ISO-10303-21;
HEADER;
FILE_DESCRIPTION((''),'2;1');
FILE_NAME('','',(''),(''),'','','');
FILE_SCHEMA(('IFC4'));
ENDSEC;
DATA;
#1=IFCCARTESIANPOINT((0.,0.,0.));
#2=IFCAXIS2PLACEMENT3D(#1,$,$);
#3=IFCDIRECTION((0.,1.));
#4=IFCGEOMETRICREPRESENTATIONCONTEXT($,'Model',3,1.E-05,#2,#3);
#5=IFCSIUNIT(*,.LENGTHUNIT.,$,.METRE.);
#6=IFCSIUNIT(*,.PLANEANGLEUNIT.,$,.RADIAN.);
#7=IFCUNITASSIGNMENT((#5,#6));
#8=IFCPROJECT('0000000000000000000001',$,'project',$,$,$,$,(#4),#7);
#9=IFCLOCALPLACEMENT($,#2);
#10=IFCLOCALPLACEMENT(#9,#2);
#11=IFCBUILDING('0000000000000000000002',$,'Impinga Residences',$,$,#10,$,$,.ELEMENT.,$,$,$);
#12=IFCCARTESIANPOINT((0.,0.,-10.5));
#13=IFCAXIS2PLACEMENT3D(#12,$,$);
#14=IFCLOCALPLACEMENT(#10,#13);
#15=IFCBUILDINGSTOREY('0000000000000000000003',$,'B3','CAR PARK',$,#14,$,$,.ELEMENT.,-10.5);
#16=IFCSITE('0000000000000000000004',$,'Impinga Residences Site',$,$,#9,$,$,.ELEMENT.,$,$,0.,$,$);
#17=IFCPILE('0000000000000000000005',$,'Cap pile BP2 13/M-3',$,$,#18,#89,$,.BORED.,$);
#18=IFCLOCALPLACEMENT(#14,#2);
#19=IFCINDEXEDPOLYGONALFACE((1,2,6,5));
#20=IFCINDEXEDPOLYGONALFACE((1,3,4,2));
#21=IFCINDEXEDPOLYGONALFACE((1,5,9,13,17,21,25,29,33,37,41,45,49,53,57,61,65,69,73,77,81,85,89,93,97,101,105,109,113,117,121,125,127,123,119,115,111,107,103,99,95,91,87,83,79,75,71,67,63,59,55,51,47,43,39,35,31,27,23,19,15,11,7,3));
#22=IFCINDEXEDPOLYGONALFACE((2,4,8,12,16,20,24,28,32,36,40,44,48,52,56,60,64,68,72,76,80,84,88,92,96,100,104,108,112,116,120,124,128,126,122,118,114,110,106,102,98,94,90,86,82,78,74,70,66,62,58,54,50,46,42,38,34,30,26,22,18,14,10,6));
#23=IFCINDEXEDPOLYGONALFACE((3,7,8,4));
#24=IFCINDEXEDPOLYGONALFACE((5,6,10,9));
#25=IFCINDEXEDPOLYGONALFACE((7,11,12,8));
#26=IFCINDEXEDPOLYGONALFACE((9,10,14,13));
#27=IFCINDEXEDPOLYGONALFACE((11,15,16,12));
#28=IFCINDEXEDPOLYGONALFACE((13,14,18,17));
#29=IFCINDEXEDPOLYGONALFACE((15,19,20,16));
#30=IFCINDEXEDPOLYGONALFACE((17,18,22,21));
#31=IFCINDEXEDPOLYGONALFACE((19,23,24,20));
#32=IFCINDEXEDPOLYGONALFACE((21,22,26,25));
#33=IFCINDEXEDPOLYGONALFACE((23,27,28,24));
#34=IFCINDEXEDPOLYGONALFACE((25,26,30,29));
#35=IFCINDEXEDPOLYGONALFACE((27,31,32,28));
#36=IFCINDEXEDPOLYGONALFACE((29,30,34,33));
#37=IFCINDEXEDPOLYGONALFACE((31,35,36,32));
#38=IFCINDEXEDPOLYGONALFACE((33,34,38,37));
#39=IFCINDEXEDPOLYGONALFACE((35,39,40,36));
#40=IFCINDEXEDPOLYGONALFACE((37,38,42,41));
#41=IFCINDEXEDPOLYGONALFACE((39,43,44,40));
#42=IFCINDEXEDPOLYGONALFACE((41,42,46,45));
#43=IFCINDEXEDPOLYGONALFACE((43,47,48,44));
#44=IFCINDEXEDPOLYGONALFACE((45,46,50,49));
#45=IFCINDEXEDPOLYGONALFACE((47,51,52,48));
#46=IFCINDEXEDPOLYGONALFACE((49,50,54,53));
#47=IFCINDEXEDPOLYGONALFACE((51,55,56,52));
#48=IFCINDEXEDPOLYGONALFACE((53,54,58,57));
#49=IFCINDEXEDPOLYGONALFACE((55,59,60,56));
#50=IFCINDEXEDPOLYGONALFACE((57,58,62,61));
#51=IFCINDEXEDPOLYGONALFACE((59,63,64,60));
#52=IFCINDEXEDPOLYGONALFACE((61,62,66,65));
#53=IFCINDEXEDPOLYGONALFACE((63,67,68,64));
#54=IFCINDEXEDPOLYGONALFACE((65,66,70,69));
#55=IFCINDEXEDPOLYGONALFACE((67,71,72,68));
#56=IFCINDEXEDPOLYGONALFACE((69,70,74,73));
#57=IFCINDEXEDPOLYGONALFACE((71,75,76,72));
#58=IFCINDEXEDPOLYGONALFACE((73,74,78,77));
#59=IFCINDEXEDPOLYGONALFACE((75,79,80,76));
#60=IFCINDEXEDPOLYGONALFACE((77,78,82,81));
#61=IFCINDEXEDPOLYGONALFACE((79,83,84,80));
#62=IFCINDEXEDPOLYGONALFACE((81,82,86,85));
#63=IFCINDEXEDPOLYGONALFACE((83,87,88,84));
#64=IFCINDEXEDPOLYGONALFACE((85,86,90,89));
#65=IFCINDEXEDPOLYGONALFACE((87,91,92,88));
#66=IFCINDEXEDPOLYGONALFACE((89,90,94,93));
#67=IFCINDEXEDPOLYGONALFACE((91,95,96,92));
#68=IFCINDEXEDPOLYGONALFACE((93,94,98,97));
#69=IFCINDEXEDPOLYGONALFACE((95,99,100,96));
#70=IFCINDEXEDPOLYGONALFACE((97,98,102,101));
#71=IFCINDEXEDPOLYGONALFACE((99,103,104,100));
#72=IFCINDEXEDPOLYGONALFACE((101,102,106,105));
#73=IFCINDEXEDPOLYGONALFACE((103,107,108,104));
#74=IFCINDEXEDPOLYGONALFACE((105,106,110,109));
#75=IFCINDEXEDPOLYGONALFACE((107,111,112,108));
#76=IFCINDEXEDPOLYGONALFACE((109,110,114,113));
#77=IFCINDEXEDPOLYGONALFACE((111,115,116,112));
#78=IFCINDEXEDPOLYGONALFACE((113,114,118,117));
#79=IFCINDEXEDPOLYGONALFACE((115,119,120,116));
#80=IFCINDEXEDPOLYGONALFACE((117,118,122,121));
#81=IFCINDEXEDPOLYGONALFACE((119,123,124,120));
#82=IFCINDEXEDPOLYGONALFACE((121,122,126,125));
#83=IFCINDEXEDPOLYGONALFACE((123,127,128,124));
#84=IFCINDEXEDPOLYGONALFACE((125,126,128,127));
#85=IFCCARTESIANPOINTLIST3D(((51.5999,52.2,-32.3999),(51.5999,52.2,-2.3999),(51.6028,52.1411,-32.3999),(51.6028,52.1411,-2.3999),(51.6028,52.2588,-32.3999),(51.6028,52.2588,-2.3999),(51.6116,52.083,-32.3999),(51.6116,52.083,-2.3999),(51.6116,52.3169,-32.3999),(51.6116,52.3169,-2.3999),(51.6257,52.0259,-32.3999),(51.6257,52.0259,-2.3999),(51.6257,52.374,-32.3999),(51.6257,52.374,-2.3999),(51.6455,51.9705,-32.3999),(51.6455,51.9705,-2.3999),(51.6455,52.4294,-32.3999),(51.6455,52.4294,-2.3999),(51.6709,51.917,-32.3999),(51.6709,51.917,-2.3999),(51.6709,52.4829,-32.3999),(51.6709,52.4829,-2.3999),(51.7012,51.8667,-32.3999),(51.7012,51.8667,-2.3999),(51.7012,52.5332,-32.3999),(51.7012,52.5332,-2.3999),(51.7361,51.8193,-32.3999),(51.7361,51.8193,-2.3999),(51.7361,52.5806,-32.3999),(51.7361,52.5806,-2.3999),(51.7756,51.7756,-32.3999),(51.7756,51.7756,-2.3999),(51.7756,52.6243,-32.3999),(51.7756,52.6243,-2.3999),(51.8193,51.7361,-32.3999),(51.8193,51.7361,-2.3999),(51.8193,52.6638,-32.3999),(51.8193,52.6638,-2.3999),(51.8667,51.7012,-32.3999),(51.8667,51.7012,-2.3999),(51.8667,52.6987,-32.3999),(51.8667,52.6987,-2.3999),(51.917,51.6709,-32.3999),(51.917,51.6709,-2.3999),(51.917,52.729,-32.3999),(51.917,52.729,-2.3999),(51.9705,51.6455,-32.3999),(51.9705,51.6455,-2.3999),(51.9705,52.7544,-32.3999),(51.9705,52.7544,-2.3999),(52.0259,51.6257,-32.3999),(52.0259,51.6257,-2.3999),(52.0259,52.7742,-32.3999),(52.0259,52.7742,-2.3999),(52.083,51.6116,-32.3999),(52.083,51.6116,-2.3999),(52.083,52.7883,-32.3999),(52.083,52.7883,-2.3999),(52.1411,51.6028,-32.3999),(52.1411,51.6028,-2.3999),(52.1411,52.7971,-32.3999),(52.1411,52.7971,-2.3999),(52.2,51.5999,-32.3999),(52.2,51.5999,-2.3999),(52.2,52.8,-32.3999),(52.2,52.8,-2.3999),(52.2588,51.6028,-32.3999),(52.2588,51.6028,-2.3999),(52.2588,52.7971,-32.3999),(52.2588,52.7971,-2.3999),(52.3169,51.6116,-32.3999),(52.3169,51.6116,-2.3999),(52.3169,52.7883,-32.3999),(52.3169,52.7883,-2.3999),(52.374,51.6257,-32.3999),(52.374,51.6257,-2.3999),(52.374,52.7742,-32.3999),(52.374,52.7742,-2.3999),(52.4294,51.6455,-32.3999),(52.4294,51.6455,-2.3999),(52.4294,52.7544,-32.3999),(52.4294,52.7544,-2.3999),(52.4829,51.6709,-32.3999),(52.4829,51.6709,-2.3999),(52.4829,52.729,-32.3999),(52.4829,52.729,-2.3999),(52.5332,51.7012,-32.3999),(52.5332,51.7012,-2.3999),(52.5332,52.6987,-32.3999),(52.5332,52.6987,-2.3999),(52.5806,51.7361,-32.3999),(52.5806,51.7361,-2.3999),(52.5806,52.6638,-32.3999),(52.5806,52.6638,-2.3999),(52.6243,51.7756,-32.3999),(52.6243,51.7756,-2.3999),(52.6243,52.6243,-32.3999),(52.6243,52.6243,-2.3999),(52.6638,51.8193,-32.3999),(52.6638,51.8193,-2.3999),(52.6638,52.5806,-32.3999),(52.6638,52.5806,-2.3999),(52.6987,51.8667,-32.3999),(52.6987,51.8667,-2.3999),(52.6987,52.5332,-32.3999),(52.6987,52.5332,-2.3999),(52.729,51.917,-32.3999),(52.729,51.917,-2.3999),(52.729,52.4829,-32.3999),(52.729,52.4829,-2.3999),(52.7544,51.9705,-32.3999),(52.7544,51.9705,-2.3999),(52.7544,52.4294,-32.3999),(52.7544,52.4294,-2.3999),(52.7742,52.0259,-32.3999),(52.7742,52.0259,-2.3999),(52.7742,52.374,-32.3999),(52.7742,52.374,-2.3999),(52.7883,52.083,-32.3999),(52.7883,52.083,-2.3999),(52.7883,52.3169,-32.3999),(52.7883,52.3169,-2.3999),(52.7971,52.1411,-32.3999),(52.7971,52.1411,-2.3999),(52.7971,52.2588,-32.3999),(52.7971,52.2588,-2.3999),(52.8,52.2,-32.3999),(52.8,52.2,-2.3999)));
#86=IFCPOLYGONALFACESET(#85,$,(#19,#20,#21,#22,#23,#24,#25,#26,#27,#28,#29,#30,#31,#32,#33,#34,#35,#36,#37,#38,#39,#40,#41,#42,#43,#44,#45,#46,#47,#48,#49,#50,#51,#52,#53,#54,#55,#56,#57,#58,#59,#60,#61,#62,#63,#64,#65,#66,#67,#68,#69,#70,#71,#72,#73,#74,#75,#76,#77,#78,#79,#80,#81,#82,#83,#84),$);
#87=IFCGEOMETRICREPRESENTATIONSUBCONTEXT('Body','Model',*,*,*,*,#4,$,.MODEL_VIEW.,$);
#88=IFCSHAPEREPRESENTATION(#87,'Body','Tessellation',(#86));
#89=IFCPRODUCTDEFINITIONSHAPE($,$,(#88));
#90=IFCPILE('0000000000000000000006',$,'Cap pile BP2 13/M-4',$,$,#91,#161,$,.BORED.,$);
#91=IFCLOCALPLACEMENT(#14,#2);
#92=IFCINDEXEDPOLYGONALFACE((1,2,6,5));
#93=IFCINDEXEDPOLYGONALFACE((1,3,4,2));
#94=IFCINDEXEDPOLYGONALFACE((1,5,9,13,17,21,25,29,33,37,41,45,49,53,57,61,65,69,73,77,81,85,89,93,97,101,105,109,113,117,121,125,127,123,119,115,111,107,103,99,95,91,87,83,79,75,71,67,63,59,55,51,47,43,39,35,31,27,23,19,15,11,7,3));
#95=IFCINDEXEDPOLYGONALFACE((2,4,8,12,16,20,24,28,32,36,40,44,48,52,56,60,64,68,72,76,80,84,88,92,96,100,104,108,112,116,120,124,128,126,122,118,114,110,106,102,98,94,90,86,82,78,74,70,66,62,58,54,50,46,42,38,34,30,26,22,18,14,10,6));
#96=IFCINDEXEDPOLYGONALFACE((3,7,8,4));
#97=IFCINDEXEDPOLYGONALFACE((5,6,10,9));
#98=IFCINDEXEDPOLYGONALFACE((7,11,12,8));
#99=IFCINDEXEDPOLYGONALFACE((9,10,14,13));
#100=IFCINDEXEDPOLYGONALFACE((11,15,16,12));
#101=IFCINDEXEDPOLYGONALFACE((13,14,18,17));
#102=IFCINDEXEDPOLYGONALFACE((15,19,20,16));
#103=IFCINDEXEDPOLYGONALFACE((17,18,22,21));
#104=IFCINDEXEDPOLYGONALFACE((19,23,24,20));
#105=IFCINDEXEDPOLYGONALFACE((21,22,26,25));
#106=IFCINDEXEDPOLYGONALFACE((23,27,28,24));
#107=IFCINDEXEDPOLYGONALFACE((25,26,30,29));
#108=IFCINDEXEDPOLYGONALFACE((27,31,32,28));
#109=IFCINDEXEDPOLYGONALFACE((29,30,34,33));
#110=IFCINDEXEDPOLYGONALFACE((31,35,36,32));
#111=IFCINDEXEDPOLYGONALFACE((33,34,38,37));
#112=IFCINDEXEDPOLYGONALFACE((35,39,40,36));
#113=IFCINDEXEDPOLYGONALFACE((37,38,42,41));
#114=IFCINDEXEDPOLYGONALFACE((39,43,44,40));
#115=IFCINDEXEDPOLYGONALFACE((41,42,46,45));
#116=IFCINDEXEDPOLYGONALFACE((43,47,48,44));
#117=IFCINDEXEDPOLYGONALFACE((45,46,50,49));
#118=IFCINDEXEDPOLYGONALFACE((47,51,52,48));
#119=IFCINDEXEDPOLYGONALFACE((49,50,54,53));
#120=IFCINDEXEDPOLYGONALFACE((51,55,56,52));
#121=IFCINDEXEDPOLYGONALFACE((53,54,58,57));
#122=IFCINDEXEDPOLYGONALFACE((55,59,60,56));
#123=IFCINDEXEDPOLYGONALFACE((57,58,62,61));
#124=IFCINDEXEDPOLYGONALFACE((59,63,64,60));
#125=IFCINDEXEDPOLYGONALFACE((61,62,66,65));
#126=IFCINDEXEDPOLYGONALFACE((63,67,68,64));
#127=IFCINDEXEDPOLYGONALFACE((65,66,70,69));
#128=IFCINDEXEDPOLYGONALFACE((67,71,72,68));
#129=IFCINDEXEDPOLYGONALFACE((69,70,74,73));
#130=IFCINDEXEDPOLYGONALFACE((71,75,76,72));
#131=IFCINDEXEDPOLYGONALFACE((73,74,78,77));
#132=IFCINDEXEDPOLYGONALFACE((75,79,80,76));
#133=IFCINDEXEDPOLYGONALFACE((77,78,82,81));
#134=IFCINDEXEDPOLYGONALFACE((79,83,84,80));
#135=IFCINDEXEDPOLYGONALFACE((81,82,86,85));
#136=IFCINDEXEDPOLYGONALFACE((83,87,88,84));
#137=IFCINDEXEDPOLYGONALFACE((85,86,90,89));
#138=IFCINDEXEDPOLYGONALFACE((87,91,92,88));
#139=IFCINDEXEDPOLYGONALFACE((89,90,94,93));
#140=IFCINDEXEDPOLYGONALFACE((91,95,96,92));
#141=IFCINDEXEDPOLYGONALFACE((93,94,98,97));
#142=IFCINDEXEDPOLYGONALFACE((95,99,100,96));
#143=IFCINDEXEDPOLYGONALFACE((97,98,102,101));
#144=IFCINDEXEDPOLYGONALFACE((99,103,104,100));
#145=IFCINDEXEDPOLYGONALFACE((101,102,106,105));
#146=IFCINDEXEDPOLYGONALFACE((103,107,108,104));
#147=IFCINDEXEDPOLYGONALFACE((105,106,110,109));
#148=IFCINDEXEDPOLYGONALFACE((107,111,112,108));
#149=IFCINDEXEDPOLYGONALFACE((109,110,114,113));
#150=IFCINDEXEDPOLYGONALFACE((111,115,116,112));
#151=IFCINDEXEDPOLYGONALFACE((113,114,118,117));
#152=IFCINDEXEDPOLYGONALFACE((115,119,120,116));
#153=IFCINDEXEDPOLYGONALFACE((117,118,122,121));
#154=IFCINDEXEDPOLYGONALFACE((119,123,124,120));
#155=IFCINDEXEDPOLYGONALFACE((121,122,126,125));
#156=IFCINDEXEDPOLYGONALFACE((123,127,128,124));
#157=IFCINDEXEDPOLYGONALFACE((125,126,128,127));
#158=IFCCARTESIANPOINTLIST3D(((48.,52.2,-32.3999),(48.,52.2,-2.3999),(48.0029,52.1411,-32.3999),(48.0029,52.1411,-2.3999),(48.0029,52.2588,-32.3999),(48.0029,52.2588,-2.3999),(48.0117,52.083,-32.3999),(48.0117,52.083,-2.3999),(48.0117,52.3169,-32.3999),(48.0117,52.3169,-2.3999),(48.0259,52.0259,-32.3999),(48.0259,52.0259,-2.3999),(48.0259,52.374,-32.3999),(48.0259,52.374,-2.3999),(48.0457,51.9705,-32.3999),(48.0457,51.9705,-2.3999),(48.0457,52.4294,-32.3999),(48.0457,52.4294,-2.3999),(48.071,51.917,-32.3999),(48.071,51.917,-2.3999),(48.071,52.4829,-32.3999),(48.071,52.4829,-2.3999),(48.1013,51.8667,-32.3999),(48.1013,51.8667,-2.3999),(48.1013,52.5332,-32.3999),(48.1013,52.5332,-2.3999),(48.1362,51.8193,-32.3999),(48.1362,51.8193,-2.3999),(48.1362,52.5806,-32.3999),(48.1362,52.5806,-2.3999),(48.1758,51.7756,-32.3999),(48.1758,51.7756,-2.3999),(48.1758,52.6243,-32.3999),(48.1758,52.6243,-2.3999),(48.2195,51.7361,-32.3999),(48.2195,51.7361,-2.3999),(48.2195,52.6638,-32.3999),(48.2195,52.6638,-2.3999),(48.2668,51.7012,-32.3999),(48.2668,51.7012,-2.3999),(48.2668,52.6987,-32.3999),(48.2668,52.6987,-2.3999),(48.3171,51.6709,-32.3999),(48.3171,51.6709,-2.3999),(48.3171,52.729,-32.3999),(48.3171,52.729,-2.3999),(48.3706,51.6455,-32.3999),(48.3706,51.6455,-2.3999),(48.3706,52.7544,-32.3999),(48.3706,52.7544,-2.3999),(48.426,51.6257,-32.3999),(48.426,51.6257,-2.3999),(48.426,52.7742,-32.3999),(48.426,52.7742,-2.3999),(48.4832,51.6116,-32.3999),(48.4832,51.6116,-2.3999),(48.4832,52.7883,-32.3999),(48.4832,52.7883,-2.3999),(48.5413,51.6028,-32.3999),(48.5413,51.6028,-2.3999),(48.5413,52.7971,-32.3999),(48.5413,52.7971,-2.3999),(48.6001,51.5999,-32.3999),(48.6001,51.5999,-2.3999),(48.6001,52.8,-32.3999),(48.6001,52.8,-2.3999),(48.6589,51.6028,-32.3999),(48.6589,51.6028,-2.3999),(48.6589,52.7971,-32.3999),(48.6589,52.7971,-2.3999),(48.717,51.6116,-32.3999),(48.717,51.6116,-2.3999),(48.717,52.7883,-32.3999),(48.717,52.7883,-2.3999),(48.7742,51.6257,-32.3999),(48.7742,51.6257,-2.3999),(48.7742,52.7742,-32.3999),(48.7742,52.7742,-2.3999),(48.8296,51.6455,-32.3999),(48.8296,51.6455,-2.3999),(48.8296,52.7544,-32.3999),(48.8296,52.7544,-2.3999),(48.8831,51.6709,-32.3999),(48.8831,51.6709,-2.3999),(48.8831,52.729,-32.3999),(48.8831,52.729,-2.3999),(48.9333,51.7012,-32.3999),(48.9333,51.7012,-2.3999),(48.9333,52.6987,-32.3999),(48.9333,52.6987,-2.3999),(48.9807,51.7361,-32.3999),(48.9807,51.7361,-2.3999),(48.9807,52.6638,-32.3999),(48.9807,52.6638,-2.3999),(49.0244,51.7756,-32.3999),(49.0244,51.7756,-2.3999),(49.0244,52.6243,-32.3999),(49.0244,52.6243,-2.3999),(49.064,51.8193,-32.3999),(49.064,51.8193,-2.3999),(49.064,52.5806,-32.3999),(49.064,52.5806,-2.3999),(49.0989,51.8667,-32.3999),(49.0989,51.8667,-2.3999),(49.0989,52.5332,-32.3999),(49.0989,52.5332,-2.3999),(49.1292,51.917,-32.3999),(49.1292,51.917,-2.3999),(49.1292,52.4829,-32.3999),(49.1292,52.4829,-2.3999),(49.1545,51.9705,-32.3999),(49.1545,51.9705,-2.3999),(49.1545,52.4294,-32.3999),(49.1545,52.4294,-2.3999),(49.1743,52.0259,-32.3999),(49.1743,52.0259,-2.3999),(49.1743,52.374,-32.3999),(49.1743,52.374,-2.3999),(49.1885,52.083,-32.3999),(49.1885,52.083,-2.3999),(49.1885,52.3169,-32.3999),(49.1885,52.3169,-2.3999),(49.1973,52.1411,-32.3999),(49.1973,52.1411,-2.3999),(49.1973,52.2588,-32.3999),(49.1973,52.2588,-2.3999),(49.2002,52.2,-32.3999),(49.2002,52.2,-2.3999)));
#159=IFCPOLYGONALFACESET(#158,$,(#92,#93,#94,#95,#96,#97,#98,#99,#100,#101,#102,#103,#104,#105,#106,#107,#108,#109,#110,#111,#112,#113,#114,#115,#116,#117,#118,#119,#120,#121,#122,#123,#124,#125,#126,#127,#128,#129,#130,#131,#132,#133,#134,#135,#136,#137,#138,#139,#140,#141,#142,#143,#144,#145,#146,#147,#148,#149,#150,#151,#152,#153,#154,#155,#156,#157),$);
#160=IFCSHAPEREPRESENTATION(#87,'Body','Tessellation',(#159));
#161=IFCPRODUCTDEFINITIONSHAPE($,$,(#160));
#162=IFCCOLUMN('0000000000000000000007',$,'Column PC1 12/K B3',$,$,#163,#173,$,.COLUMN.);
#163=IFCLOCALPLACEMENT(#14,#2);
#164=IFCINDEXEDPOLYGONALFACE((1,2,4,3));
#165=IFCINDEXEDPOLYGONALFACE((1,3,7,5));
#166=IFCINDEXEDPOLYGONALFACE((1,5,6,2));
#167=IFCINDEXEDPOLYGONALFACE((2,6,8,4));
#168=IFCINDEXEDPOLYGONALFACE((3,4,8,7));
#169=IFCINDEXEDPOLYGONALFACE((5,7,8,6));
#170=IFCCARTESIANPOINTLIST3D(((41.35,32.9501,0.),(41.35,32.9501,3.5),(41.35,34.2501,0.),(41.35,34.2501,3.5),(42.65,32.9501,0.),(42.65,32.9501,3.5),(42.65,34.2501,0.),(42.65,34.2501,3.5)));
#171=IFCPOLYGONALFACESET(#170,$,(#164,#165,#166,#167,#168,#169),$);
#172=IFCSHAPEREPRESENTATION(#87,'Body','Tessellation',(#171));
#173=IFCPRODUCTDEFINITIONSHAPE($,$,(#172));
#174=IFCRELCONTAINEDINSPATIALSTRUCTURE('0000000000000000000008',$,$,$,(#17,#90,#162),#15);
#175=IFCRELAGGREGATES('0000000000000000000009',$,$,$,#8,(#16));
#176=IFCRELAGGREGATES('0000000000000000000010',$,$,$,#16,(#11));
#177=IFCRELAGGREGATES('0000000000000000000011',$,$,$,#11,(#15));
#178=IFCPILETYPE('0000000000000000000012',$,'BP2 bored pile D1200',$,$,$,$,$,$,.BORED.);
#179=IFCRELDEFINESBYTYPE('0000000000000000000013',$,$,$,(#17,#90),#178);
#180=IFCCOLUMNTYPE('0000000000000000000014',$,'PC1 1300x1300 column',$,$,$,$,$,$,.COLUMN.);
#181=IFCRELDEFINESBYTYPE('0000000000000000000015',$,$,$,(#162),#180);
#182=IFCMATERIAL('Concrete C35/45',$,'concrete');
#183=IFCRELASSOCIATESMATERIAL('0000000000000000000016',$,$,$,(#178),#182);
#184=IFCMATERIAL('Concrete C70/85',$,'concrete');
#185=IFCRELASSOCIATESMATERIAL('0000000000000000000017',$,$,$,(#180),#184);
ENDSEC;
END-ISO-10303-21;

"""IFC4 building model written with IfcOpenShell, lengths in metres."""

from ifc_helpers import new_model, si_unit, direction, frame, origin, origin_2d, place, context, subcontext, project, spatial, polyline, rectangle, circle, outline, extrude, material, material_profile, profile_set, type_object, element, save


model = new_model("IFC4")

# Units and contexts
model_context = context("Model", 3, precision=1e-05, world=origin(), true_north=direction((0.0, 1.0)))
body_context = subcontext(model_context, "Body", "Model", "MODEL_VIEW")
ifc_project = project(units=[si_unit("LENGTHUNIT", "METRE"), si_unit("PLANEANGLEUNIT", "RADIAN")], contexts=[model_context])

# Site, building, storey
site_placement = place(None, origin())
site = spatial("IfcSite", under=ifc_project, at=site_placement, Name="Impinga Residences Site", CompositionType="ELEMENT", RefElevation=0.0)
building_placement = place(site_placement, origin())
building = spatial("IfcBuilding", under=site, at=building_placement, Name="Impinga Residences", CompositionType="ELEMENT")
storey_placement = place(building_placement, frame((0.0, 0.0, -10.5)))
storey = spatial("IfcBuildingStorey", under=building, at=storey_placement, Name="B3", Description="CAR PARK", CompositionType="ELEMENT", Elevation=-10.5)

# Piles
ifc_material_1 = material(Name="Concrete C35/45", Category="concrete")
ifc_material_profile_1 = material_profile(ifc_material_1, circle(Radius=0.6001, at=origin_2d()), Name="D1200")
ifc_profile_set_1 = profile_set([ifc_material_profile_1], Name="Concrete C35/45")
pile_type = type_object("IfcPileType", Name="BP2 bored pile D1200", PredefinedType="BORED", material=ifc_profile_set_1)
pile_1_placement = place(storey_placement, frame((52.2, 52.2, -2.3999), z_axis=(0.0, 0.0, -1.0), x_axis=(1.0, 0.0, 0.0)))
element("IfcPile", 1, at=pile_1_placement, inside=storey, type_object=pile_type, Name="Cap pile BP2 13/M-3", PredefinedType="BORED", context=body_context, shape_type="SweptSolid", body=[
    extrude(outline(polyline([(0.6001, 0.0), (0.5972, 0.0588), (0.5884, 0.1169), (0.5742, 0.1741), (0.5544, 0.2295), (0.5291, 0.283), (0.4988, 0.3333), (0.4639, 0.3806), (0.4243, 0.4243), (0.3806, 0.4639), (0.3333, 0.4988), (0.283, 0.5291), (0.2295, 0.5544), (0.1741, 0.5742), (0.1169, 0.5884), (0.0588, 0.5972), (0.0, 0.6001), (-0.0588, 0.5972), (-0.1169, 0.5884), (-0.1741, 0.5742), (-0.2295, 0.5544), (-0.283, 0.5291), (-0.3333, 0.4988), (-0.3806, 0.4639), (-0.4243, 0.4243), (-0.4639, 0.3806), (-0.4988, 0.3333), (-0.5291, 0.283), (-0.5544, 0.2295), (-0.5742, 0.1741), (-0.5884, 0.1169), (-0.5972, 0.0588), (-0.6001, 0.0), (-0.5972, -0.0588), (-0.5884, -0.1169), (-0.5742, -0.1741), (-0.5544, -0.2295), (-0.5291, -0.283), (-0.4988, -0.3333), (-0.4639, -0.3806), (-0.4243, -0.4243), (-0.3806, -0.4639), (-0.3333, -0.4988), (-0.283, -0.5291), (-0.2295, -0.5544), (-0.1741, -0.5742), (-0.1169, -0.5884), (-0.0588, -0.5972), (0.0, -0.6001), (0.0588, -0.5972), (0.1169, -0.5884), (0.1741, -0.5742), (0.2295, -0.5544), (0.283, -0.5291), (0.3333, -0.4988), (0.3806, -0.4639), (0.4243, -0.4243), (0.4639, -0.3806), (0.4988, -0.3333), (0.5291, -0.283), (0.5544, -0.2295), (0.5742, -0.1741), (0.5884, -0.1169), (0.5972, -0.0588), (0.6001, 0.0)])), origin(), (0.0, 0.0, 1.0), 30.0),
])
pile_2_placement = place(storey_placement, frame((48.6001, 52.2, -2.3999), z_axis=(0.0, 0.0, -1.0), x_axis=(1.0, 0.0, 0.0)))
element("IfcPile", 2, at=pile_2_placement, inside=storey, type_object=pile_type, Name="Cap pile BP2 13/M-4", PredefinedType="BORED", context=body_context, shape_type="SweptSolid", body=[
    extrude(outline(polyline([(0.6001, 0.0), (0.5972, 0.0588), (0.5884, 0.1169), (0.5742, 0.1741), (0.5544, 0.2295), (0.5291, 0.283), (0.4988, 0.3333), (0.4639, 0.3806), (0.4243, 0.4243), (0.3806, 0.4639), (0.3333, 0.4988), (0.283, 0.5291), (0.2295, 0.5544), (0.1741, 0.5742), (0.1169, 0.5884), (0.0588, 0.5972), (0.0, 0.6001), (-0.0588, 0.5972), (-0.1169, 0.5884), (-0.1741, 0.5742), (-0.2295, 0.5544), (-0.283, 0.5291), (-0.3333, 0.4988), (-0.3806, 0.4639), (-0.4243, 0.4243), (-0.4639, 0.3806), (-0.4988, 0.3333), (-0.5291, 0.283), (-0.5544, 0.2295), (-0.5742, 0.1741), (-0.5884, 0.1169), (-0.5972, 0.0588), (-0.6001, 0.0), (-0.5972, -0.0588), (-0.5884, -0.1169), (-0.5742, -0.1741), (-0.5544, -0.2295), (-0.5291, -0.283), (-0.4988, -0.3333), (-0.4639, -0.3806), (-0.4243, -0.4243), (-0.3806, -0.4639), (-0.3333, -0.4988), (-0.283, -0.5291), (-0.2295, -0.5544), (-0.1741, -0.5742), (-0.1169, -0.5884), (-0.0588, -0.5972), (0.0, -0.6001), (0.0588, -0.5972), (0.1169, -0.5884), (0.1741, -0.5742), (0.2295, -0.5544), (0.283, -0.5291), (0.3333, -0.4988), (0.3806, -0.4639), (0.4243, -0.4243), (0.4639, -0.3806), (0.4988, -0.3333), (0.5291, -0.283), (0.5544, -0.2295), (0.5742, -0.1741), (0.5884, -0.1169), (0.5972, -0.0588), (0.6001, 0.0)])), origin(), (0.0, 0.0, 1.0), 30.0),
])

# Column
ifc_material_2 = material(Name="Concrete C70/85", Category="concrete")
ifc_material_profile_2 = material_profile(ifc_material_2, rectangle(XDim=1.3, YDim=1.3, at=origin_2d()), Name="RC 1300x1300")
ifc_profile_set_2 = profile_set([ifc_material_profile_2], Name="Concrete C70/85")
column_type = type_object("IfcColumnType", Name="PC1 1300x1300 column", PredefinedType="COLUMN", material=ifc_profile_set_2)
for number, where, z_axis, x_axis, name in (
    (3, (42.0, 33.6001, 0.0), (0.0, 0.0, 1.0), (1.0, 0.0, 0.0), "Column PC1 12/K B3"),
):
    element("IfcColumn", number, at=place(storey_placement, frame(where, z_axis=z_axis, x_axis=x_axis)), inside=storey, type_object=column_type, Name=name, PredefinedType="COLUMN", context=body_context, shape_type="SweptSolid", body=[
        extrude(rectangle(XDim=1.3, YDim=1.3, at=origin_2d()), origin(), (0.0, 0.0, 1.0), 3.5),
    ])

save(model, "model.ifc")
